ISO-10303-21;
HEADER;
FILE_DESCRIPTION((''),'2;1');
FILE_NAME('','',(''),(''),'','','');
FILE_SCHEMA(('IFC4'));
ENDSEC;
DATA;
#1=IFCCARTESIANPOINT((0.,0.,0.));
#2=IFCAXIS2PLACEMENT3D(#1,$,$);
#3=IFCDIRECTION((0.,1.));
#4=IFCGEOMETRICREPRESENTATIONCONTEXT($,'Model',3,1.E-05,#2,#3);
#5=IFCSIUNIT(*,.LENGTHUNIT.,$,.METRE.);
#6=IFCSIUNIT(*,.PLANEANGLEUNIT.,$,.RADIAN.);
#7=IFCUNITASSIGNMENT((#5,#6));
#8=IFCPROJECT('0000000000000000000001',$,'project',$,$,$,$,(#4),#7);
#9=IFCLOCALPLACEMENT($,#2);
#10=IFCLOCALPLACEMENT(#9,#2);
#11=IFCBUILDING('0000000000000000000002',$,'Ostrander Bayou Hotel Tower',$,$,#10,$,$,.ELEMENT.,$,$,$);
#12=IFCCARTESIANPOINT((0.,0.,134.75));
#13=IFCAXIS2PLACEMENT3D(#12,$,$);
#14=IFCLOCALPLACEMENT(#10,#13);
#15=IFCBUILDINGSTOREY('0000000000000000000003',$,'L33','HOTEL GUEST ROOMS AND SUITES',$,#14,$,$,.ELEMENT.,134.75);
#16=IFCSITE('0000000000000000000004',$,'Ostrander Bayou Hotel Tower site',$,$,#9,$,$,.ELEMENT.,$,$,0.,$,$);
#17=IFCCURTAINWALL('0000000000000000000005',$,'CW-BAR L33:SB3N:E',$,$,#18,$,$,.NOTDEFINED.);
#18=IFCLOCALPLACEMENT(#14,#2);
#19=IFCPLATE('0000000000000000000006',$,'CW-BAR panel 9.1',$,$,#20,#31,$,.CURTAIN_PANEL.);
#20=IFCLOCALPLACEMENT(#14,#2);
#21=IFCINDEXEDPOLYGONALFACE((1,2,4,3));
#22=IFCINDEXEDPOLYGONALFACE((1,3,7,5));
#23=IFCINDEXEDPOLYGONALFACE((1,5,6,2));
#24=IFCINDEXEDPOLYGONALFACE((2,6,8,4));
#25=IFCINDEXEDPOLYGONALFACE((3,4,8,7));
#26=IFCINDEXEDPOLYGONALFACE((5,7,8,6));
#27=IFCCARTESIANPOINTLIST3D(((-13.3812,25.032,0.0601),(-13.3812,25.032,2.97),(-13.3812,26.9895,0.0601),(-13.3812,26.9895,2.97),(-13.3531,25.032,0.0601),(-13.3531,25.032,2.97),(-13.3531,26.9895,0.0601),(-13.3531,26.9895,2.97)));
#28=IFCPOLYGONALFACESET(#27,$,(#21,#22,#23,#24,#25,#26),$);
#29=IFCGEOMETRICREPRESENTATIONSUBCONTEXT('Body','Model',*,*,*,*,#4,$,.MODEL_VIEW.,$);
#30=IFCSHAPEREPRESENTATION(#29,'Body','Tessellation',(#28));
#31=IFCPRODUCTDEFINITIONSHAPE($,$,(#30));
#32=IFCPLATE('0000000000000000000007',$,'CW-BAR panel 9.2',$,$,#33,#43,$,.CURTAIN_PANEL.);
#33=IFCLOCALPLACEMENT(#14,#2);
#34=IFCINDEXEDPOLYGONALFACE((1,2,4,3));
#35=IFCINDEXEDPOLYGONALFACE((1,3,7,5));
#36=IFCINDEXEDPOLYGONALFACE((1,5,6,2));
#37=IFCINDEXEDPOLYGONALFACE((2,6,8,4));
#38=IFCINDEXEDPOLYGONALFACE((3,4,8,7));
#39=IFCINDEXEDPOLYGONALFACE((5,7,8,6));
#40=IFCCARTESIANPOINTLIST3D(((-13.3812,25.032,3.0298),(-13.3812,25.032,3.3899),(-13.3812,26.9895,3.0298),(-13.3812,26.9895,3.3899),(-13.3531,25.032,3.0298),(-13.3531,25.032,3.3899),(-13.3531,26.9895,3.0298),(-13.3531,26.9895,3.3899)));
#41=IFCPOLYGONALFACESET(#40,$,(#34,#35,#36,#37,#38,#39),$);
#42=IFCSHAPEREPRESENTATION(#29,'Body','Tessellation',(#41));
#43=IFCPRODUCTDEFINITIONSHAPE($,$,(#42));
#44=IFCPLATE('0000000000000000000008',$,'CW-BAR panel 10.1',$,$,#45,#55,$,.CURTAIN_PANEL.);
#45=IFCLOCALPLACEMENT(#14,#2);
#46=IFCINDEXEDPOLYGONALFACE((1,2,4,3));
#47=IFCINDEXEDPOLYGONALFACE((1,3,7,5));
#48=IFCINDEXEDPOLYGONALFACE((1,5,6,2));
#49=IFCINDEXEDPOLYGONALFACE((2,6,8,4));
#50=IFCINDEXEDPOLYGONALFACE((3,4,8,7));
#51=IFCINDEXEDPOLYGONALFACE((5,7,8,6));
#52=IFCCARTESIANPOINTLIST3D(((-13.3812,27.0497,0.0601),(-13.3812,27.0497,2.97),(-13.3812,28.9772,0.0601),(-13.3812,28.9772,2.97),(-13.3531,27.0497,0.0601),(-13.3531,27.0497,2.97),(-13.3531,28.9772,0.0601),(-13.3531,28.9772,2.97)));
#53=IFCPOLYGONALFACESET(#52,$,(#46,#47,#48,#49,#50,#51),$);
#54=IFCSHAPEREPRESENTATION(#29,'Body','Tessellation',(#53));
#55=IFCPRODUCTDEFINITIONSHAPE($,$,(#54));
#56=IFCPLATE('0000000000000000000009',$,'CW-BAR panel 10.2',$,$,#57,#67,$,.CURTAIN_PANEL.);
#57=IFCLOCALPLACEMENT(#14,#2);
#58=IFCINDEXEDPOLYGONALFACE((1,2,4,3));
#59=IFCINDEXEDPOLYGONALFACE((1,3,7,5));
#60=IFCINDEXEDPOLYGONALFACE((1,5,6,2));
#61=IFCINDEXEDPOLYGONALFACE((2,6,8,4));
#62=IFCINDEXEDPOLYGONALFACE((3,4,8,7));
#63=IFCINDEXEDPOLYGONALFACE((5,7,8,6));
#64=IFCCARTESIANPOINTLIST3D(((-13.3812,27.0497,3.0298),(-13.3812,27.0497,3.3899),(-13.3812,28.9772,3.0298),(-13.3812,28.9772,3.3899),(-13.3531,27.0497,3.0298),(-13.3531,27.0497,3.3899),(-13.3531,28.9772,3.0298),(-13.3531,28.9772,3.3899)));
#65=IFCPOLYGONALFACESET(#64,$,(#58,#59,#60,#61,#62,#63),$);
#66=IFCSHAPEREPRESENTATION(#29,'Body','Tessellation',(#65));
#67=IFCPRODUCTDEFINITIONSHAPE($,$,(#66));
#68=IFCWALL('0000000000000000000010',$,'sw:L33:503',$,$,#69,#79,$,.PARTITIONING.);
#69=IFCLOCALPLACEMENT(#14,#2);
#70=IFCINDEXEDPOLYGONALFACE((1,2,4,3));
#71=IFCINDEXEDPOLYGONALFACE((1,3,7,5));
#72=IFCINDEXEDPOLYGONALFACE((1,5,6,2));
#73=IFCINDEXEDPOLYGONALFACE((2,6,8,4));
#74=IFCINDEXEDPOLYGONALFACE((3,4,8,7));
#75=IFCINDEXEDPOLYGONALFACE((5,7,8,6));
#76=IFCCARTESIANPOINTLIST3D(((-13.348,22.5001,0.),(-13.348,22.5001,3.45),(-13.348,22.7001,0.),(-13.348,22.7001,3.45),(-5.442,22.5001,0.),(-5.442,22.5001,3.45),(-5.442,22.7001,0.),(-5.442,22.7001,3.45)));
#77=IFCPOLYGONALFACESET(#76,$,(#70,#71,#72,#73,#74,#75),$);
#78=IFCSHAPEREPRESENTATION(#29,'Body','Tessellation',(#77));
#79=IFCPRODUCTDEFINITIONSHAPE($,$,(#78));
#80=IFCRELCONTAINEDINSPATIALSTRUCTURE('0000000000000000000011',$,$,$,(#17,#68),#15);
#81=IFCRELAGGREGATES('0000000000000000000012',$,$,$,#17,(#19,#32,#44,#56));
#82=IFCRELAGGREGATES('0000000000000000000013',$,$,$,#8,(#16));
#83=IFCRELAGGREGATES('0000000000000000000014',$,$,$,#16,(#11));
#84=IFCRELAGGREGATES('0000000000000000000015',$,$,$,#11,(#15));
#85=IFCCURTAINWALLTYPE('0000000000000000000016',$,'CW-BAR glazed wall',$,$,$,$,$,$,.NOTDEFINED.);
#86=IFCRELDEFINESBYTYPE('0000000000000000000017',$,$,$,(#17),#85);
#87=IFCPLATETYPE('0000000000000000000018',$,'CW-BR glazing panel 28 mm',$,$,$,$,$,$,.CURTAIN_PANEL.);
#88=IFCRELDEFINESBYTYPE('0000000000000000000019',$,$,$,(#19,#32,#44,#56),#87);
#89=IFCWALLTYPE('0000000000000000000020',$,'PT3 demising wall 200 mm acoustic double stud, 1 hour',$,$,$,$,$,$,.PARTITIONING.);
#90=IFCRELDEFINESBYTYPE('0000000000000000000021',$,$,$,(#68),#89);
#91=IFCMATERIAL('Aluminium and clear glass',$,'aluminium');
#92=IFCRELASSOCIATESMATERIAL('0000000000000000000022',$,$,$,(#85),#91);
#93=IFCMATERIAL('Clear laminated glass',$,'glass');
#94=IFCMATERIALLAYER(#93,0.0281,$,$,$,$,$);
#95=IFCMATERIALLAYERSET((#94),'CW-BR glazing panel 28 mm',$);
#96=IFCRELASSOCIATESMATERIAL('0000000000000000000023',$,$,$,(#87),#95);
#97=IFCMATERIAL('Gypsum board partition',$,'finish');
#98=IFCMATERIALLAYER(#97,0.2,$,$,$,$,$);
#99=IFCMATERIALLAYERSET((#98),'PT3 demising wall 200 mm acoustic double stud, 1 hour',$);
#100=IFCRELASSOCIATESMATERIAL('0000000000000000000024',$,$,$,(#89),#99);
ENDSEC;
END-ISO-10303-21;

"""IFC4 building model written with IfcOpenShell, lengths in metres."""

from ifc_helpers import new_model, si_unit, direction, frame, frame_2d, origin, origin_2d, place, context, subcontext, project, spatial, rectangle, extrude, material, layer, layer_set, type_object, element, aggregate, save


model = new_model("IFC4")

# Units and contexts
model_context = context("Model", 3, precision=1e-05, world=origin(), true_north=direction((0.0, 1.0)))
body_context = subcontext(model_context, "Body", "Model", "MODEL_VIEW")
ifc_project = project(units=[si_unit("LENGTHUNIT", "METRE"), si_unit("PLANEANGLEUNIT", "RADIAN")], contexts=[model_context])

# Site, building, storey
site_placement = place(None, origin())
site = spatial("IfcSite", under=ifc_project, at=site_placement, Name="Ostrander Bayou Hotel Tower site", CompositionType="ELEMENT", RefElevation=0.0)
building_placement = place(site_placement, origin())
building = spatial("IfcBuilding", under=site, at=building_placement, Name="Ostrander Bayou Hotel Tower", CompositionType="ELEMENT")
storey_placement = place(building_placement, frame((0.0, 0.0, 134.75)))
storey = spatial("IfcBuildingStorey", under=building, at=storey_placement, Name="L33", Description="HOTEL GUEST ROOMS AND SUITES", CompositionType="ELEMENT", Elevation=134.75)

# Curtain wall
ifc_material_1 = material(Name="Aluminium and clear glass", Category="aluminium")
curtain_wall_type = type_object("IfcCurtainWallType", Name="CW-BAR glazed wall", PredefinedType="NOTDEFINED", material=ifc_material_1)
curtain_wall_1_placement = place(storey_placement, origin())
curtain_wall_1 = element("IfcCurtainWall", 1, at=curtain_wall_1_placement, inside=storey, type_object=curtain_wall_type, Name="CW-BAR L33:SB3N:E", PredefinedType="NOTDEFINED")

# Plates
ifc_material_2 = material(Name="Clear laminated glass", Category="glass")
ifc_layer_1 = layer(ifc_material_2, 0.0281)
ifc_layer_set_1 = layer_set([ifc_layer_1], Name="CW-BR glazing panel 28 mm")
plate_type = type_object("IfcPlateType", Name="CW-BR glazing panel 28 mm", PredefinedType="CURTAIN_PANEL", material=ifc_layer_set_1)
plate_1_placement = place(storey_placement, frame((-13.3672, 26.0107, 0.0601), z_axis=(0.0, 0.0, 1.0), x_axis=(0.0, 1.0, 0.0)))
plate_1 = element("IfcPlate", 2, at=plate_1_placement, type_object=plate_type, Name="CW-BAR panel 9.1", PredefinedType="CURTAIN_PANEL", context=body_context, shape_type="SweptSolid", body=[
    extrude(rectangle(XDim=1.9575, YDim=0.0281, at=origin_2d()), origin(), (0.0, 0.0, 1.0), 2.9099),
])
plate_2_placement = place(storey_placement, frame((-13.3672, 26.0107, 3.0298), z_axis=(0.0, 0.0, 1.0), x_axis=(0.0, 1.0, 0.0)))
plate_2 = element("IfcPlate", 3, at=plate_2_placement, type_object=plate_type, Name="CW-BAR panel 9.2", PredefinedType="CURTAIN_PANEL", context=body_context, shape_type="SweptSolid", body=[
    extrude(rectangle(XDim=1.9575, YDim=0.0281, at=origin_2d()), origin(), (0.0, 0.0, 1.0), 0.3601),
])
plate_3_placement = place(storey_placement, frame((-13.3672, 28.0134, 0.0601), z_axis=(0.0, 0.0, 1.0), x_axis=(0.0, 1.0, 0.0)))
plate_3 = element("IfcPlate", 4, at=plate_3_placement, type_object=plate_type, Name="CW-BAR panel 10.1", PredefinedType="CURTAIN_PANEL", context=body_context, shape_type="SweptSolid", body=[
    extrude(rectangle(XDim=1.9275, YDim=0.0281, at=origin_2d()), origin(), (0.0, 0.0, 1.0), 2.9099),
])
plate_4_placement = place(storey_placement, frame((-13.3672, 28.0134, 3.0298), z_axis=(0.0, 0.0, 1.0), x_axis=(0.0, 1.0, 0.0)))
plate_4 = element("IfcPlate", 5, at=plate_4_placement, type_object=plate_type, Name="CW-BAR panel 10.2", PredefinedType="CURTAIN_PANEL", context=body_context, shape_type="SweptSolid", body=[
    extrude(rectangle(XDim=1.9275, YDim=0.0281, at=origin_2d()), origin(), (0.0, 0.0, 1.0), 0.3601),
])
aggregate(curtain_wall_1, [plate_1, plate_2, plate_3, plate_4])

# Wall
ifc_material_3 = material(Name="Gypsum board partition", Category="finish")
ifc_layer_2 = layer(ifc_material_3, 0.2)
ifc_layer_set_2 = layer_set([ifc_layer_2], Name="PT3 demising wall 200 mm acoustic double stud, 1 hour")
wall_type = type_object("IfcWallType", Name="PT3 demising wall 200 mm acoustic double stud, 1 hour", PredefinedType="PARTITIONING", material=ifc_layer_set_2)
wall_placement = place(storey_placement, frame((-13.3481, 22.6001, 0.0), z_axis=(0.0, 0.0, 1.0), x_axis=(1.0, 0.0, 0.0)))
element("IfcWall", 6, at=wall_placement, inside=storey, type_object=wall_type, Name="sw:L33:503", PredefinedType="PARTITIONING", context=body_context, shape_type="SweptSolid", body=[
    extrude(rectangle(XDim=7.906, YDim=0.2, at=frame_2d((3.9531, 0.0))), origin(), (0.0, 0.0, 1.0), 3.45),
])

save(model, "model.ifc")
